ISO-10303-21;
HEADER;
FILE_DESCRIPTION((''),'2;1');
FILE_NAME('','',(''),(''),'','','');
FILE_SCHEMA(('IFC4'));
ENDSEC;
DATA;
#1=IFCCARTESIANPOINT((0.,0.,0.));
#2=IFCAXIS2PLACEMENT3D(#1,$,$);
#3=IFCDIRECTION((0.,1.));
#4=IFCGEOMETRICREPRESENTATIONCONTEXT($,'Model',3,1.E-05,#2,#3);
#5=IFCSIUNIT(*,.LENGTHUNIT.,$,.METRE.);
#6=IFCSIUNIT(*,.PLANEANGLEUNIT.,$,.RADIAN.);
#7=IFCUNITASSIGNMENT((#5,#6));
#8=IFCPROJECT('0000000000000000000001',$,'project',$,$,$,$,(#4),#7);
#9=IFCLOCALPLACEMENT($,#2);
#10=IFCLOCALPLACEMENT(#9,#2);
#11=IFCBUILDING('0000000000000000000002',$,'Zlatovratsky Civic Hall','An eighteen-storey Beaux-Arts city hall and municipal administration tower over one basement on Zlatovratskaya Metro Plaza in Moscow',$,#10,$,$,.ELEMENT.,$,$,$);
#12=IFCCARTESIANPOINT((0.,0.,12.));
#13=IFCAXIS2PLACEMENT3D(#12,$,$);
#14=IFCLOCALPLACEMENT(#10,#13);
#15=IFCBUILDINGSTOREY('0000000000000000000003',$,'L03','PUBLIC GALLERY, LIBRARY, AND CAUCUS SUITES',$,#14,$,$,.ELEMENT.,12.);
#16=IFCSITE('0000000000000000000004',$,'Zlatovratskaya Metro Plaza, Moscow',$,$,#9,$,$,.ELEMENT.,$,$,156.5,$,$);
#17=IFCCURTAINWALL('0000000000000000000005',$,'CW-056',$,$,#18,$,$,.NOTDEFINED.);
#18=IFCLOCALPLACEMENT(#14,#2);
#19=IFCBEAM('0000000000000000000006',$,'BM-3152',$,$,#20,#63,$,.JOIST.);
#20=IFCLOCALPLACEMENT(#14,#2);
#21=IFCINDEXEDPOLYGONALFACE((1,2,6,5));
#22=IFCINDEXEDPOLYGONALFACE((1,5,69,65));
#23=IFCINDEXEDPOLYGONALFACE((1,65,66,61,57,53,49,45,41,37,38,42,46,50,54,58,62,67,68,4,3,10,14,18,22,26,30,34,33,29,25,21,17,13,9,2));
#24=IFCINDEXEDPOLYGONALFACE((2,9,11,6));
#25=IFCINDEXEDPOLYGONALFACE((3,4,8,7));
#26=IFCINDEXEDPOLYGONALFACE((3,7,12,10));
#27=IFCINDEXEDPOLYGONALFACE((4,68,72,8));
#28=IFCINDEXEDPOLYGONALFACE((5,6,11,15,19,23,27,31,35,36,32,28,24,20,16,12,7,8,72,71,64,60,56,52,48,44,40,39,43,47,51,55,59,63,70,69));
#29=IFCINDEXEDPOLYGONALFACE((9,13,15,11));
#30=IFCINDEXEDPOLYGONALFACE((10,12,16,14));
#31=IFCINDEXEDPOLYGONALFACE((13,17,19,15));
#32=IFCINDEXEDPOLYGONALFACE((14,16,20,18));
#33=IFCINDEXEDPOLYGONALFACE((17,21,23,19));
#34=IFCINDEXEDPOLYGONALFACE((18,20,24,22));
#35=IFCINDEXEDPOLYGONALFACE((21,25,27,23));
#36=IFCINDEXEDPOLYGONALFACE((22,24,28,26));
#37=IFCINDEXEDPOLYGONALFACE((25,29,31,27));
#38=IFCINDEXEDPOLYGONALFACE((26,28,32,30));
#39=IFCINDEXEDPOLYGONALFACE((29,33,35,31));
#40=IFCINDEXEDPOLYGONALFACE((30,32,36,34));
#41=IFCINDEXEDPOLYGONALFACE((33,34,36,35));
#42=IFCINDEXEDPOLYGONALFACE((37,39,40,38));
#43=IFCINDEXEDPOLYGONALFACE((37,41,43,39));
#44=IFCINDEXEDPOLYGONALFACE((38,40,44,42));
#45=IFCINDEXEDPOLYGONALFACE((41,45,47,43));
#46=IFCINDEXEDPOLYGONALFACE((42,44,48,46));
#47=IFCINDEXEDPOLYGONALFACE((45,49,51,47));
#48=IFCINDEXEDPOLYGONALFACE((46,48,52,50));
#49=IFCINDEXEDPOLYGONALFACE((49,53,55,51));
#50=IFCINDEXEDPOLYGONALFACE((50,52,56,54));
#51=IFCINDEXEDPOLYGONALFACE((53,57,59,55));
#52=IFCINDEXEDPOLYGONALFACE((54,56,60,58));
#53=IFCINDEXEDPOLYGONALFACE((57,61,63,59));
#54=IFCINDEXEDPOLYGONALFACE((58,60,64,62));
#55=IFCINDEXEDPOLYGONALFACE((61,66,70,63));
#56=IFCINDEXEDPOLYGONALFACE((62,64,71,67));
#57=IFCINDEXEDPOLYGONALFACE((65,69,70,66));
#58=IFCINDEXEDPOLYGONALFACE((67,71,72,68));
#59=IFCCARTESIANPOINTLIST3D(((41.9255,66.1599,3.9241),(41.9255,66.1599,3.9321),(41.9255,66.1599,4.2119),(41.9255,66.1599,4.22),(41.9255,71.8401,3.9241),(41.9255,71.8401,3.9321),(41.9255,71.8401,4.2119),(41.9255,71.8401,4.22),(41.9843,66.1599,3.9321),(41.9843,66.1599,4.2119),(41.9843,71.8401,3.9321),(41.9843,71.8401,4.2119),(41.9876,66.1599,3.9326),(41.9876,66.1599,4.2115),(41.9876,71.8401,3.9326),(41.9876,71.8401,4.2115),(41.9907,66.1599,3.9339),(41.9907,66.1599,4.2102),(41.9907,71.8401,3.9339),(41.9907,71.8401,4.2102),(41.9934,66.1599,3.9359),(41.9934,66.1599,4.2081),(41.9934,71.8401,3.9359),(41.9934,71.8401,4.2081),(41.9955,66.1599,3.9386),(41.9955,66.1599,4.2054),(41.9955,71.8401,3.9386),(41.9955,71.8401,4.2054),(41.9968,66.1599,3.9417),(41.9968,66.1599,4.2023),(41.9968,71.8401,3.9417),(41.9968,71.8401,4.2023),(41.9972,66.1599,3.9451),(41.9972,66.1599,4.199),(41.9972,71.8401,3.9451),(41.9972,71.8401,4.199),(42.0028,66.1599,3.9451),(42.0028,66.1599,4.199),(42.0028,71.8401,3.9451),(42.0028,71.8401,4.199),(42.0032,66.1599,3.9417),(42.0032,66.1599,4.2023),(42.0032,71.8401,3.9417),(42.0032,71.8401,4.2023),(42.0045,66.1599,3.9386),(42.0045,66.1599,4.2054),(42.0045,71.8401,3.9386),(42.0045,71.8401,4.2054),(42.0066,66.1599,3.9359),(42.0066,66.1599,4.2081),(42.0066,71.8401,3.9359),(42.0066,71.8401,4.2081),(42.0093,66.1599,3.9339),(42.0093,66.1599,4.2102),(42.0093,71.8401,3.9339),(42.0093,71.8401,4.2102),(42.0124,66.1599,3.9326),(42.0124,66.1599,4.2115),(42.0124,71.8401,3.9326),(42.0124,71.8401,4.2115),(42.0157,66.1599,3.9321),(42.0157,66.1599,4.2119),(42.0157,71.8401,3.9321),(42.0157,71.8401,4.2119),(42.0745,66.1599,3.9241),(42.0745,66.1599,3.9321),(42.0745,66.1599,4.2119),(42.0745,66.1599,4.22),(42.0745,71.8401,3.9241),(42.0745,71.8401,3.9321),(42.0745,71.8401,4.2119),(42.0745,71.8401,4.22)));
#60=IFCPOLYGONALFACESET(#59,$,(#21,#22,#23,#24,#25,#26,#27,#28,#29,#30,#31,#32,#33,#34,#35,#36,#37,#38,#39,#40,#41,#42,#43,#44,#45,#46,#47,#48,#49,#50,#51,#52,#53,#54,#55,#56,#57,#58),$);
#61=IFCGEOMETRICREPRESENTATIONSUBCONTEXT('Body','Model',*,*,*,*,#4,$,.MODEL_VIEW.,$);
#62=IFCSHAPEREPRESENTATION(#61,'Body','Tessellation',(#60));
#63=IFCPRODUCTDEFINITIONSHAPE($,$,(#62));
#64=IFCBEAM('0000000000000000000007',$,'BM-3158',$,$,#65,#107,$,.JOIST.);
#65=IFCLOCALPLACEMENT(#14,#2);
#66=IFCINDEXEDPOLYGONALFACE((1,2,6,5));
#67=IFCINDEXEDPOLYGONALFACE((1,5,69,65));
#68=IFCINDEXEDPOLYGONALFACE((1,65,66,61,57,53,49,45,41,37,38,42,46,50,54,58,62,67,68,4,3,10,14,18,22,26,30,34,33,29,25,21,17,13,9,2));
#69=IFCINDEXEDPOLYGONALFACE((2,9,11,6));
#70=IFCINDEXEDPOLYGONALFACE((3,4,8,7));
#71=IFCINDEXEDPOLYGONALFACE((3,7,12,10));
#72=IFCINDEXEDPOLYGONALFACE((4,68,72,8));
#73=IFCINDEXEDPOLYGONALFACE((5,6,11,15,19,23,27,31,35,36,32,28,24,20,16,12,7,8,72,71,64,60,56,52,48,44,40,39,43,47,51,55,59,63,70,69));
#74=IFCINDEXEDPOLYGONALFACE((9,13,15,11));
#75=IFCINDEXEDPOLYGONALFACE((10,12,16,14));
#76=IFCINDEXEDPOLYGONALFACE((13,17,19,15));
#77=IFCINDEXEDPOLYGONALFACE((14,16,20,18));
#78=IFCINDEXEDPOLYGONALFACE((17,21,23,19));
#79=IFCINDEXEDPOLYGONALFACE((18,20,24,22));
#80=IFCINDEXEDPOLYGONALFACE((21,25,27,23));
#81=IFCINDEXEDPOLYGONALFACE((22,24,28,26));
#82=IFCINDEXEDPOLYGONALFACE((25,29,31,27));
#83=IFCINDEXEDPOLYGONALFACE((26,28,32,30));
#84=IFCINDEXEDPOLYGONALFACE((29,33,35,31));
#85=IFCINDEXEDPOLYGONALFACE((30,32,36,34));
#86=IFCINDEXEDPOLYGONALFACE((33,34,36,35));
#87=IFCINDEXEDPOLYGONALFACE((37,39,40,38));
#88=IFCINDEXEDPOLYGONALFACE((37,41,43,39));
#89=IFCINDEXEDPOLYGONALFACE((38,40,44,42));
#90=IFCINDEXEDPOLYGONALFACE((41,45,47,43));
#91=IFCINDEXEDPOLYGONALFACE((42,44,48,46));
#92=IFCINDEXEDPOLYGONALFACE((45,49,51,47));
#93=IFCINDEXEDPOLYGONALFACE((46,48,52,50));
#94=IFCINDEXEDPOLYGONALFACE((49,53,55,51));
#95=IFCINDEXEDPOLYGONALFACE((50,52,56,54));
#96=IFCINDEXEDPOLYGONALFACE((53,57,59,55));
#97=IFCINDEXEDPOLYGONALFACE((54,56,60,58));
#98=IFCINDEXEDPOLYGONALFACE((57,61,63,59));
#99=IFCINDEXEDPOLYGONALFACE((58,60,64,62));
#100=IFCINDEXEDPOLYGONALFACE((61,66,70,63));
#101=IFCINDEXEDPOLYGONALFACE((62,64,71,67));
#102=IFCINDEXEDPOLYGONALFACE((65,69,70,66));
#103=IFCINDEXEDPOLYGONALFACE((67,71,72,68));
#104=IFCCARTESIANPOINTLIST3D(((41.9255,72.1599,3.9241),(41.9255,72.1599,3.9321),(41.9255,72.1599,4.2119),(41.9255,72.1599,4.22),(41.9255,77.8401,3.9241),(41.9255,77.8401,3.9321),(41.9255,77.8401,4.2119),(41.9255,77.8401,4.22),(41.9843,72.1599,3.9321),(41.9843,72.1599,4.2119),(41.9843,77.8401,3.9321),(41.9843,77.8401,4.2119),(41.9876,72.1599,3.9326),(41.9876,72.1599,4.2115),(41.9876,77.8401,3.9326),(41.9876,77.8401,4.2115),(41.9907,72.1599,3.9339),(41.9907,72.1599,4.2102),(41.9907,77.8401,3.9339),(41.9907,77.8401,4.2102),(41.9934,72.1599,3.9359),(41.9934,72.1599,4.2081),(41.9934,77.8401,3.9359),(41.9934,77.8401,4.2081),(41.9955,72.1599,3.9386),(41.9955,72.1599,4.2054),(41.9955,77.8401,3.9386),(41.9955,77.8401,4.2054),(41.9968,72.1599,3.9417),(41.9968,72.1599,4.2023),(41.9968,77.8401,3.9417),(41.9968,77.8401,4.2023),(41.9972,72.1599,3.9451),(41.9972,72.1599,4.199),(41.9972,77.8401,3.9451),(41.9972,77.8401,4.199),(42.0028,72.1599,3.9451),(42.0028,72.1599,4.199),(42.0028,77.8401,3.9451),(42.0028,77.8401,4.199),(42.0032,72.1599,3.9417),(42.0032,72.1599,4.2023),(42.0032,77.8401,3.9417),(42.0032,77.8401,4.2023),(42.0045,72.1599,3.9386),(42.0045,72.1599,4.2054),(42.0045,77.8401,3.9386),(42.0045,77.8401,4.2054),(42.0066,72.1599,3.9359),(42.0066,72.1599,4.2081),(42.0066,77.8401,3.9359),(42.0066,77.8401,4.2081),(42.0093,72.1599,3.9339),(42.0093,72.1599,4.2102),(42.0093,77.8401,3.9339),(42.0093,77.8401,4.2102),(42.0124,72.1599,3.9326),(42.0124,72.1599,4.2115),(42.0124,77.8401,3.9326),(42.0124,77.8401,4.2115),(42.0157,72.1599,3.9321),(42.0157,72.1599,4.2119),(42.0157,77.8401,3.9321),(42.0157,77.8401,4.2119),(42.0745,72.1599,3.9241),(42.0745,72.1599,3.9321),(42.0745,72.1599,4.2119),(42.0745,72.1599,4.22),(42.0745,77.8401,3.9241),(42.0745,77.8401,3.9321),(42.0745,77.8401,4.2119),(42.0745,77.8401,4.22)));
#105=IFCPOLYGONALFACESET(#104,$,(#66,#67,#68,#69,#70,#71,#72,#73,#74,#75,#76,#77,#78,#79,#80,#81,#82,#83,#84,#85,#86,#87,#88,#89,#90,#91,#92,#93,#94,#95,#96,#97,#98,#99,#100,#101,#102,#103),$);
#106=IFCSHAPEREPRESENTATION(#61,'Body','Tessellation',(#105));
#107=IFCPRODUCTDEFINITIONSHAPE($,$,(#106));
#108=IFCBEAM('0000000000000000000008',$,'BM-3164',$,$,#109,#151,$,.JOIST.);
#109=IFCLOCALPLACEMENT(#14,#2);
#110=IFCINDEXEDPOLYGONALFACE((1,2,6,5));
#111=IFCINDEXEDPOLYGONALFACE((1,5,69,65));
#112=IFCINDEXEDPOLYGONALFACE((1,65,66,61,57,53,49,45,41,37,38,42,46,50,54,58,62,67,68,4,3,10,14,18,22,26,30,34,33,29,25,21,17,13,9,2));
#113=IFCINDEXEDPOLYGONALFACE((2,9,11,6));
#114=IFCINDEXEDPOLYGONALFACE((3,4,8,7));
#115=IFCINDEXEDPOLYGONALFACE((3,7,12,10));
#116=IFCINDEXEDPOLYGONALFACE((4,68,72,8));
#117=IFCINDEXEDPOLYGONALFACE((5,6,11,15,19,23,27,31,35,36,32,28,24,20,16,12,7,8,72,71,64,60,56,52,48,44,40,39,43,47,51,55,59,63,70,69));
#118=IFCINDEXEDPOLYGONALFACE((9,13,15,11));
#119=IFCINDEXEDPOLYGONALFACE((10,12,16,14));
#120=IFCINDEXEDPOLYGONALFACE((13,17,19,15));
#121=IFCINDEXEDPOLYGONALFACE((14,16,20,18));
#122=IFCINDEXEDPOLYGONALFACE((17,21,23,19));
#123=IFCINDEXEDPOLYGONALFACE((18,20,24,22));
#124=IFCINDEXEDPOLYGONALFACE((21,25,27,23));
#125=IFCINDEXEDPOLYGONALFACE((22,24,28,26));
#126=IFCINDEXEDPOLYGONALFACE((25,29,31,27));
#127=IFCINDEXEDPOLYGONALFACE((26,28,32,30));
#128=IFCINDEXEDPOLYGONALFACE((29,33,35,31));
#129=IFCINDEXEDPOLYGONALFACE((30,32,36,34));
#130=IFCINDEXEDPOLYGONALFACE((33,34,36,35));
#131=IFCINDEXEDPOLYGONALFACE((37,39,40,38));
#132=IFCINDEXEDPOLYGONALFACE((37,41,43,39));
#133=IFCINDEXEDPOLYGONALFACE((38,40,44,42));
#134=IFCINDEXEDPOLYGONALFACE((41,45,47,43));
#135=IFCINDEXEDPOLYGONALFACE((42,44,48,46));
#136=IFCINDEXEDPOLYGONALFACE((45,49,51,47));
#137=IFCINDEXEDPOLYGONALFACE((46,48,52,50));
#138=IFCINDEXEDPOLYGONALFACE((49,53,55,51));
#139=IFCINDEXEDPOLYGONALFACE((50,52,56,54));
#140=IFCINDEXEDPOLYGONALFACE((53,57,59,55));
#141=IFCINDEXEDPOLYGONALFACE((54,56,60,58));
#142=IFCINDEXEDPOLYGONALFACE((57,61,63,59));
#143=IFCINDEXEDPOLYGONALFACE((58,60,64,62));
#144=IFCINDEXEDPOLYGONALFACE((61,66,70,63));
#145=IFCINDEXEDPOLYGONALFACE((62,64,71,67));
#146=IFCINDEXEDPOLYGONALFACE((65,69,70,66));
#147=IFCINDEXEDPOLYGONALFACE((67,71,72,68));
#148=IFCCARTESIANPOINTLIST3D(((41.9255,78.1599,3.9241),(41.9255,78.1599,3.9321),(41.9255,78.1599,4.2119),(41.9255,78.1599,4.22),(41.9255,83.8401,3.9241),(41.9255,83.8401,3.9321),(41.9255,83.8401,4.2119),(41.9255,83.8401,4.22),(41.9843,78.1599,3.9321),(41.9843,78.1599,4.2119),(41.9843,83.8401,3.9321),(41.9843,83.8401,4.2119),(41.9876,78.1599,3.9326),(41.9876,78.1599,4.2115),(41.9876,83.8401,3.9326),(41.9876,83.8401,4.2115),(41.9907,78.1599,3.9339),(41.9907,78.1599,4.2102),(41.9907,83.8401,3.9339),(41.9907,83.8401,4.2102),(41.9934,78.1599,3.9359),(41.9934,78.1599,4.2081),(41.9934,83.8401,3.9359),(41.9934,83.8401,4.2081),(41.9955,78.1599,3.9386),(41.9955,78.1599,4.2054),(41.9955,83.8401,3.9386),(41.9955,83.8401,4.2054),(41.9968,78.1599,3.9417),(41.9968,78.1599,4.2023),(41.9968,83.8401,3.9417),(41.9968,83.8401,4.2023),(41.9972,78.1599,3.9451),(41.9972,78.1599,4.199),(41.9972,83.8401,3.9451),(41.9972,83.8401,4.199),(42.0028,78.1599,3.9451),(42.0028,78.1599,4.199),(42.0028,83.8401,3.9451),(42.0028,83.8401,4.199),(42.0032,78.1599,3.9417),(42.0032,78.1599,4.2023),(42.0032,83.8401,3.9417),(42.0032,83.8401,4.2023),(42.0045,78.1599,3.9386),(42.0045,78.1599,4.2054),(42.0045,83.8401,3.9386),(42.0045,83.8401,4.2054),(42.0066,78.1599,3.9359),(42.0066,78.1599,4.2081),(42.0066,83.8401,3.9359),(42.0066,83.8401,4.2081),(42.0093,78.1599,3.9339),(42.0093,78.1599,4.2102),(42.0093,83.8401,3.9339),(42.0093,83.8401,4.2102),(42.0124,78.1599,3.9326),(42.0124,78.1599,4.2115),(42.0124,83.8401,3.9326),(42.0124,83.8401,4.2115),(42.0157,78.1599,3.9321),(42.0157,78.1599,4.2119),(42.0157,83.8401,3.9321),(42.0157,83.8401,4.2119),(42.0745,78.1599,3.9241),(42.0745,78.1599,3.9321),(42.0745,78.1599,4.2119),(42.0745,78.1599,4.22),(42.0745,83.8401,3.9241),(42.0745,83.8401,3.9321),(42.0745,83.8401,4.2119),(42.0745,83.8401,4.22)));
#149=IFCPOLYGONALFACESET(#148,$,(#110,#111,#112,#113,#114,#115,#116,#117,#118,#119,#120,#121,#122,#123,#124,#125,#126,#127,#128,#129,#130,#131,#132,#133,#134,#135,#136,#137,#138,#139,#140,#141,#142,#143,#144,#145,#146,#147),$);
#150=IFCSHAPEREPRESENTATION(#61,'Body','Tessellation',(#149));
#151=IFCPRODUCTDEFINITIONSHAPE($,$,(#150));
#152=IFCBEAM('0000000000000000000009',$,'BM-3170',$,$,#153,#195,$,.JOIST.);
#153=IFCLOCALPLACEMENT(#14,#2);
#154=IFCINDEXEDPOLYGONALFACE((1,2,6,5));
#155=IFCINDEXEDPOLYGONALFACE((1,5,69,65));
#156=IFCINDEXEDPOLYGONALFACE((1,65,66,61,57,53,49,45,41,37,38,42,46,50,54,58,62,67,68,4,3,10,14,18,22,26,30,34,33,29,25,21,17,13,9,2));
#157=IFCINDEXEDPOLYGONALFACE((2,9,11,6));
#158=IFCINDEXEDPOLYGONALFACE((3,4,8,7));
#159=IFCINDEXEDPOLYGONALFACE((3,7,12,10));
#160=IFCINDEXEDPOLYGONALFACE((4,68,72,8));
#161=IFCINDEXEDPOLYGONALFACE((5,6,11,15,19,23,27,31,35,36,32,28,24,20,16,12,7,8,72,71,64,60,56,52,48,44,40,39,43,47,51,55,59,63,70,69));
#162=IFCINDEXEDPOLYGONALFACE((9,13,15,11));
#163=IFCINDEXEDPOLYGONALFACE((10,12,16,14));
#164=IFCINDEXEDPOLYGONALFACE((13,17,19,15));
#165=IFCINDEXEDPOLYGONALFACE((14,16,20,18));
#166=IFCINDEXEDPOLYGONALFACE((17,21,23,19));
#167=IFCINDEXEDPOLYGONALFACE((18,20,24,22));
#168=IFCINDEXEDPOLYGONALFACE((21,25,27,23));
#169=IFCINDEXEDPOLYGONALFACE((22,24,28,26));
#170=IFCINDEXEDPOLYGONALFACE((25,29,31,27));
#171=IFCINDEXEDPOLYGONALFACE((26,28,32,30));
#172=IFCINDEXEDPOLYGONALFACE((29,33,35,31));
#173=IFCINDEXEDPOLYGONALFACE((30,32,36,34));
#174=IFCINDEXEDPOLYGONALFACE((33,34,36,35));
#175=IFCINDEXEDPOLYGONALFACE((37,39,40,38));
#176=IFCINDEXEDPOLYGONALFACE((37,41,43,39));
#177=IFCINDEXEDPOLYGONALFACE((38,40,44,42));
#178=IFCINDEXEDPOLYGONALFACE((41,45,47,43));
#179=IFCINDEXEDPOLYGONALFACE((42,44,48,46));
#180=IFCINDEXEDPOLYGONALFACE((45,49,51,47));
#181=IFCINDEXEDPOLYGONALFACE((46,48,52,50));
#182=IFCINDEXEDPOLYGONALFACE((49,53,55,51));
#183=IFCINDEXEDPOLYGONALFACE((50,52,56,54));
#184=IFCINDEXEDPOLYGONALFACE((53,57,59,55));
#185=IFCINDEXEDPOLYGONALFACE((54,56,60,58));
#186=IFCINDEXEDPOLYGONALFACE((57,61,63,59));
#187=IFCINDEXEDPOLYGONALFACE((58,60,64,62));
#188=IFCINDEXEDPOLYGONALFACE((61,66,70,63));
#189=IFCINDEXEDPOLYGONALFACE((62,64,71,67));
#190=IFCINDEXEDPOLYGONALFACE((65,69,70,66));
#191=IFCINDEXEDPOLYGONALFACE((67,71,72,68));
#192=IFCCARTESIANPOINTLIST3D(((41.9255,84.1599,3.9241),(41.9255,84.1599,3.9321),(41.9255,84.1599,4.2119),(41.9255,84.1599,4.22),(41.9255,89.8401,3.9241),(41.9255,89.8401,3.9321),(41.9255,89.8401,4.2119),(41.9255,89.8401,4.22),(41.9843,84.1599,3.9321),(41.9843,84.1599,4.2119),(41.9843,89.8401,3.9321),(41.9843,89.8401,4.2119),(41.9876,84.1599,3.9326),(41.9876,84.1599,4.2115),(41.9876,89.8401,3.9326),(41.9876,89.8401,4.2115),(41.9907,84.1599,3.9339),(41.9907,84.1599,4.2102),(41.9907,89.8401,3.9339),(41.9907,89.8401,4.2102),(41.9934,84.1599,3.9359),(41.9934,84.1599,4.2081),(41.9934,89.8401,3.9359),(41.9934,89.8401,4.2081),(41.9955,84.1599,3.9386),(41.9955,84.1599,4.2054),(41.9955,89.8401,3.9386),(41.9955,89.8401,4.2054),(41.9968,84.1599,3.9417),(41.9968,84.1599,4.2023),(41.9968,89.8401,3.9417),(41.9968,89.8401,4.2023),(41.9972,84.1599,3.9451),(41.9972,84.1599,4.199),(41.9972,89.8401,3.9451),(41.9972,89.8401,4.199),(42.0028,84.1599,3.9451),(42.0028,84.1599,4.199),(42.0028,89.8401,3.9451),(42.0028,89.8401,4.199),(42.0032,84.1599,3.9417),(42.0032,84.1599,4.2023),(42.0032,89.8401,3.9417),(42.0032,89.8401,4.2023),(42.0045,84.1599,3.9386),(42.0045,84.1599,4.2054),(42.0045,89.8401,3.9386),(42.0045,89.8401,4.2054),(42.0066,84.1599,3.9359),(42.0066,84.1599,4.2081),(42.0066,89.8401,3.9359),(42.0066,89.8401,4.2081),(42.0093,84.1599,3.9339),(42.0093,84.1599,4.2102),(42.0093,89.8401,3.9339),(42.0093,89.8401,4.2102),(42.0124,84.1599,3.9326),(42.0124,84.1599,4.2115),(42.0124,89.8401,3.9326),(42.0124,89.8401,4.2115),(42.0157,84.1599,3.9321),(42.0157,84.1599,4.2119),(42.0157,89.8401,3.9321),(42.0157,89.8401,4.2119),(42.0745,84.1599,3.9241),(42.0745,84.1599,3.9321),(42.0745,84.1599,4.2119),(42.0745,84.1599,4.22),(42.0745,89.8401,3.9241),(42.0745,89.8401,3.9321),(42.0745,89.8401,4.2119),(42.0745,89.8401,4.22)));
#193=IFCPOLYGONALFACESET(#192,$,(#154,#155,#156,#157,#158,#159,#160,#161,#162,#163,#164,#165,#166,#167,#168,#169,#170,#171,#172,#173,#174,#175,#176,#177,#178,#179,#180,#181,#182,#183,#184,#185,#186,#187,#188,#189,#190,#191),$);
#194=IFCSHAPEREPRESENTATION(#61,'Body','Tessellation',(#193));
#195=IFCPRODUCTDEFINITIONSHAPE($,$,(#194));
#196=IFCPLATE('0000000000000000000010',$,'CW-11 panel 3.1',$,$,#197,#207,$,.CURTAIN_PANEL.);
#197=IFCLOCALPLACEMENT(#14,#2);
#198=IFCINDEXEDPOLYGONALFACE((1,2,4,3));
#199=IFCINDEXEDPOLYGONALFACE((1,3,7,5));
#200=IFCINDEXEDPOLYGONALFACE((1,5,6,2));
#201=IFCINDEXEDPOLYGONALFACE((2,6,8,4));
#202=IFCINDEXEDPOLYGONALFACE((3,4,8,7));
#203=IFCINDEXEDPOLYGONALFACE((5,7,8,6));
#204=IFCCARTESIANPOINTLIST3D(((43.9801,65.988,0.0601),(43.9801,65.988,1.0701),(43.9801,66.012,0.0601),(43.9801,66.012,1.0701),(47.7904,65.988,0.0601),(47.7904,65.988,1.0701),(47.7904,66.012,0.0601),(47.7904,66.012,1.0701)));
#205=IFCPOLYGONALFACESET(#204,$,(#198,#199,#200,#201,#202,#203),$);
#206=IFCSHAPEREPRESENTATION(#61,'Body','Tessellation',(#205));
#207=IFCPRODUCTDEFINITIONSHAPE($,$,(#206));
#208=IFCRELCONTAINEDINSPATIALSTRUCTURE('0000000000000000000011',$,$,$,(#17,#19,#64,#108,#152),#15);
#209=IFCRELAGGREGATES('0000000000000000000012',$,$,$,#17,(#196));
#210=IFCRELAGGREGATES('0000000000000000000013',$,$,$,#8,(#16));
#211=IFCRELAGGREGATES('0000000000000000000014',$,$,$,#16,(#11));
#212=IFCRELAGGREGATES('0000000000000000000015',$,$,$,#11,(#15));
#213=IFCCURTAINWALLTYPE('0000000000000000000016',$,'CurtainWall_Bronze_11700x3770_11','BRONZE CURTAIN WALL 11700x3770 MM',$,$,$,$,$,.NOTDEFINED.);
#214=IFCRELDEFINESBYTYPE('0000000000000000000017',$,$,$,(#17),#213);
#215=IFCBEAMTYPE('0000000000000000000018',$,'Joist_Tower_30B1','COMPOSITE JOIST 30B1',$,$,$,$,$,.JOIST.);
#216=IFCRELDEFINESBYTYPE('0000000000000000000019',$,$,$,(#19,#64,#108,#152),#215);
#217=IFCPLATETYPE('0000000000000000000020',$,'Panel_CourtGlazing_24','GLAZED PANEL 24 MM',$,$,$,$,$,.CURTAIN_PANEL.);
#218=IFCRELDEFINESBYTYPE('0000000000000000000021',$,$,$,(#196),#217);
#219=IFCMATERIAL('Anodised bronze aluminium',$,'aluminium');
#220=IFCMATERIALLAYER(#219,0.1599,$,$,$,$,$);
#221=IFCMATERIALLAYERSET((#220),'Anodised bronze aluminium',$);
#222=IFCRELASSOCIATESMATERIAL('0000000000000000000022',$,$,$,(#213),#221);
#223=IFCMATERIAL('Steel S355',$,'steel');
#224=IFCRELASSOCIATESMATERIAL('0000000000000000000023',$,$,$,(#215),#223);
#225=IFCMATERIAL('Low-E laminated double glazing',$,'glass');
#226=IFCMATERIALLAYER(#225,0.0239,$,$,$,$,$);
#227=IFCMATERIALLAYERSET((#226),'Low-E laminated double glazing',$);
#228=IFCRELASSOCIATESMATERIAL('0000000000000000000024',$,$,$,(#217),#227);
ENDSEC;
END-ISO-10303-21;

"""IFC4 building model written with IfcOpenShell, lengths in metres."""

from ifc_helpers import new_model, si_unit, direction, frame, origin, origin_2d, place, context, subcontext, project, spatial, rectangle, i_section, extrude, material, layer, layer_set, material_profile, profile_set, type_object, element, aggregate, save


model = new_model("IFC4")

# Units and contexts
model_context = context("Model", 3, precision=1e-05, world=origin(), true_north=direction((0.0, 1.0)))
body_context = subcontext(model_context, "Body", "Model", "MODEL_VIEW")
ifc_project = project(units=[si_unit("LENGTHUNIT", "METRE"), si_unit("PLANEANGLEUNIT", "RADIAN")], contexts=[model_context])

# Site, building, storey
site_placement = place(None, origin())
site = spatial("IfcSite", under=ifc_project, at=site_placement, Name="Zlatovratskaya Metro Plaza, Moscow", CompositionType="ELEMENT", RefElevation=156.5)
building_placement = place(site_placement, origin())
building = spatial("IfcBuilding", under=site, at=building_placement, Name="Zlatovratsky Civic Hall", Description="An eighteen-storey Beaux-Arts city hall and municipal administration tower over one basement on Zlatovratskaya Metro Plaza in Moscow", CompositionType="ELEMENT")
storey_placement = place(building_placement, frame((0.0, 0.0, 12.0)))
storey = spatial("IfcBuildingStorey", under=building, at=storey_placement, Name="L03", Description="PUBLIC GALLERY, LIBRARY, AND CAUCUS SUITES", CompositionType="ELEMENT", Elevation=12.0)

# Shared definitions
ifc_material_1 = material(Name="Steel S355", Category="steel")

# Curtain wall
ifc_material_2 = material(Name="Anodised bronze aluminium", Category="aluminium")
ifc_layer_1 = layer(ifc_material_2, 0.1599)
ifc_layer_set_1 = layer_set([ifc_layer_1], Name="Anodised bronze aluminium")
curtain_wall_type = type_object("IfcCurtainWallType", Name="CurtainWall_Bronze_11700x3770_11", Description="BRONZE CURTAIN WALL 11700x3770 MM", PredefinedType="NOTDEFINED", material=ifc_layer_set_1)
curtain_wall_placement = place(storey_placement, origin())
curtain_wall = element("IfcCurtainWall", 1, at=curtain_wall_placement, inside=storey, type_object=curtain_wall_type, Name="CW-056", PredefinedType="NOTDEFINED")

# Beams
ifc_material_profile_1 = material_profile(ifc_material_1, i_section(OverallWidth=0.1489, OverallDepth=0.2959, WebThickness=0.0056, FlangeThickness=0.0081, FilletRadius=0.0129, at=origin_2d()), Name="30B1")
ifc_profile_set_1 = profile_set([ifc_material_profile_1], Name="Steel S355")
beam_type_1 = type_object("IfcBeamType", Name="Joist_Tower_30B1", Description="COMPOSITE JOIST 30B1", PredefinedType="JOIST", material=ifc_profile_set_1)
for number, where, z_axis, x_axis, name in (
    (2, (42.0, 66.1599, 4.072), (0.0, 1.0, 0.0), (-1.0, 0.0, 0.0), "BM-3152"),
    (3, (42.0, 72.1599, 4.072), (0.0, 1.0, 0.0), (-1.0, 0.0, 0.0), "BM-3158"),
    (4, (42.0, 78.1599, 4.072), (0.0, 1.0, 0.0), (-1.0, 0.0, 0.0), "BM-3164"),
    (5, (42.0, 84.1599, 4.072), (0.0, 1.0, 0.0), (-1.0, 0.0, 0.0), "BM-3170"),
):
    element("IfcBeam", number, at=place(storey_placement, frame(where, z_axis=z_axis, x_axis=x_axis)), inside=storey, type_object=beam_type_1, Name=name, PredefinedType="JOIST", context=body_context, shape_type="SweptSolid", body=[
        extrude(i_section(OverallWidth=0.1489, OverallDepth=0.2959, WebThickness=0.0056, FlangeThickness=0.0081, FilletRadius=0.0129, at=origin_2d()), origin(), (0.0, 0.0, 1.0), 5.6802),
    ])

# Plate
ifc_material_3 = material(Name="Low-E laminated double glazing", Category="glass")
ifc_layer_2 = layer(ifc_material_3, 0.0239)
ifc_layer_set_2 = layer_set([ifc_layer_2], Name="Low-E laminated double glazing")
plate_type = type_object("IfcPlateType", Name="Panel_CourtGlazing_24", Description="GLAZED PANEL 24 MM", PredefinedType="CURTAIN_PANEL", material=ifc_layer_set_2)
plate_1_placement = place(storey_placement, frame((45.8853, 66.0, 0.0601), z_axis=(0.0, 0.0, 1.0), x_axis=(1.0, 0.0, 0.0)))
plate_1 = element("IfcPlate", 6, at=plate_1_placement, type_object=plate_type, Name="CW-11 panel 3.1", PredefinedType="CURTAIN_PANEL", context=body_context, shape_type="SweptSolid", body=[
    extrude(rectangle(XDim=3.8103, YDim=0.0239, at=origin_2d()), origin(), (0.0, 0.0, 1.0), 1.01),
])
aggregate(curtain_wall, [plate_1])

save(model, "model.ifc")
